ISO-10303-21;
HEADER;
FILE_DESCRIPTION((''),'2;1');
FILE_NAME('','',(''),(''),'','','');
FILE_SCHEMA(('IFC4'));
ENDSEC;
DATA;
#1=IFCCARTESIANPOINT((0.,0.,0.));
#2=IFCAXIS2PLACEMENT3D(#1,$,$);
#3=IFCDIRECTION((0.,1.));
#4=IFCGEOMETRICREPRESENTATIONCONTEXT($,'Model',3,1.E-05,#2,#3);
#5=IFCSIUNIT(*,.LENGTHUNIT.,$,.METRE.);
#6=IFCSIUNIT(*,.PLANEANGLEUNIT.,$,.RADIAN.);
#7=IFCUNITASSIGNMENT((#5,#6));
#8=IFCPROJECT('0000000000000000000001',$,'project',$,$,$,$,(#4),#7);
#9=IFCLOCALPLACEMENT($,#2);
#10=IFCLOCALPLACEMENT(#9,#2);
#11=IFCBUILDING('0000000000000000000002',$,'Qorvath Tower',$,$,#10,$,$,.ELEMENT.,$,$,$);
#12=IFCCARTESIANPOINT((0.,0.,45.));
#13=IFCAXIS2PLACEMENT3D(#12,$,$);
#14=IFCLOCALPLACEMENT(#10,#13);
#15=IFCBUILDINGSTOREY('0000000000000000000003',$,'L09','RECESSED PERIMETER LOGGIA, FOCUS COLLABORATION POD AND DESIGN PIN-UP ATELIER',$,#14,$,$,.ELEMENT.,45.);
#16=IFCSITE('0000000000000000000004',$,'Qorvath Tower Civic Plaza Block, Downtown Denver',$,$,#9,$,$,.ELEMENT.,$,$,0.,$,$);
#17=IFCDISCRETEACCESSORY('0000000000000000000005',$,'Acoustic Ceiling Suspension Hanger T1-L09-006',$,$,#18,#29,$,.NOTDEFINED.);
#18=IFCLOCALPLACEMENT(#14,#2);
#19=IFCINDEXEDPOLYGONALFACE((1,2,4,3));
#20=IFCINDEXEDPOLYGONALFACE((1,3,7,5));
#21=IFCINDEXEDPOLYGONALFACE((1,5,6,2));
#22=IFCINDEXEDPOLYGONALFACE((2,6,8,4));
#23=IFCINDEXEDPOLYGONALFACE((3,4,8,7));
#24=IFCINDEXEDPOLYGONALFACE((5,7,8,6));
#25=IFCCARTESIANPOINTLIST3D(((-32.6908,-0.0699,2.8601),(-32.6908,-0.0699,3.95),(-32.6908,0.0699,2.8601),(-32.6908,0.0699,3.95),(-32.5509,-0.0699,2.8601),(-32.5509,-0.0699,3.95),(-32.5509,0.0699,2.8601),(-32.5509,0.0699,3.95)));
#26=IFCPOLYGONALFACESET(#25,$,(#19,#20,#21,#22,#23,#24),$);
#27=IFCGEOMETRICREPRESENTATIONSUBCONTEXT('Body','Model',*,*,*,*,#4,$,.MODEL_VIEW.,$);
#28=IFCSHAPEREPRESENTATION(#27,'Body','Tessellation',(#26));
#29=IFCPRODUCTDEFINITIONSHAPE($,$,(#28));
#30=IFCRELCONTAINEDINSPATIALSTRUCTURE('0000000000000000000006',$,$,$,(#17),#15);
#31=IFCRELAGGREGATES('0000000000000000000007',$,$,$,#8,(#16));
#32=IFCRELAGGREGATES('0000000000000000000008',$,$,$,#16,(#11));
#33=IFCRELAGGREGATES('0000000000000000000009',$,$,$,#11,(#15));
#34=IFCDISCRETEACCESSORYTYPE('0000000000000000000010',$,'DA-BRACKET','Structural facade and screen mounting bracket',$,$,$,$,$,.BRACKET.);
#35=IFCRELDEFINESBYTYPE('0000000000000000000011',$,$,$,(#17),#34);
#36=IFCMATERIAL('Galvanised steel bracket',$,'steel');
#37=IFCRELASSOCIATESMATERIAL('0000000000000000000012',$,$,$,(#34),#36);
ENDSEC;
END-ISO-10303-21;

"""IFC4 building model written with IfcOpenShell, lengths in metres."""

from ifc_helpers import new_model, si_unit, direction, frame, origin, origin_2d, place, context, subcontext, project, spatial, rectangle, extrude, material, type_object, element, save


model = new_model("IFC4")

# Units and contexts
model_context = context("Model", 3, precision=1e-05, world=origin(), true_north=direction((0.0, 1.0)))
body_context = subcontext(model_context, "Body", "Model", "MODEL_VIEW")
ifc_project = project(units=[si_unit("LENGTHUNIT", "METRE"), si_unit("PLANEANGLEUNIT", "RADIAN")], contexts=[model_context])

# Site, building, storey
site_placement = place(None, origin())
site = spatial("IfcSite", under=ifc_project, at=site_placement, Name="Qorvath Tower Civic Plaza Block, Downtown Denver", CompositionType="ELEMENT", RefElevation=0.0)
building_placement = place(site_placement, origin())
building = spatial("IfcBuilding", under=site, at=building_placement, Name="Qorvath Tower", CompositionType="ELEMENT")
storey_placement = place(building_placement, frame((0.0, 0.0, 45.0)))
storey = spatial("IfcBuildingStorey", under=building, at=storey_placement, Name="L09", Description="RECESSED PERIMETER LOGGIA, FOCUS COLLABORATION POD AND DESIGN PIN-UP ATELIER", CompositionType="ELEMENT", Elevation=45.0)

# Discrete accessory
ifc_material_1 = material(Name="Galvanised steel bracket", Category="steel")
discrete_accessory_type = type_object("IfcDiscreteAccessoryType", Name="DA-BRACKET", Description="Structural facade and screen mounting bracket", PredefinedType="BRACKET", material=ifc_material_1)
discrete_accessory_placement = place(storey_placement, frame((-32.6208, 0.0, 2.8601), z_axis=(0.0, 0.0, 1.0), x_axis=(1.0, 0.0, 0.0)))
element("IfcDiscreteAccessory", 1, at=discrete_accessory_placement, inside=storey, type_object=discrete_accessory_type, Name="Acoustic Ceiling Suspension Hanger T1-L09-006", PredefinedType="NOTDEFINED", context=body_context, shape_type="SweptSolid", body=[
    extrude(rectangle(XDim=0.1399, YDim=0.1399, at=origin_2d()), origin(), (0.0, 0.0, 1.0), 1.0898),
])

save(model, "model.ifc")
